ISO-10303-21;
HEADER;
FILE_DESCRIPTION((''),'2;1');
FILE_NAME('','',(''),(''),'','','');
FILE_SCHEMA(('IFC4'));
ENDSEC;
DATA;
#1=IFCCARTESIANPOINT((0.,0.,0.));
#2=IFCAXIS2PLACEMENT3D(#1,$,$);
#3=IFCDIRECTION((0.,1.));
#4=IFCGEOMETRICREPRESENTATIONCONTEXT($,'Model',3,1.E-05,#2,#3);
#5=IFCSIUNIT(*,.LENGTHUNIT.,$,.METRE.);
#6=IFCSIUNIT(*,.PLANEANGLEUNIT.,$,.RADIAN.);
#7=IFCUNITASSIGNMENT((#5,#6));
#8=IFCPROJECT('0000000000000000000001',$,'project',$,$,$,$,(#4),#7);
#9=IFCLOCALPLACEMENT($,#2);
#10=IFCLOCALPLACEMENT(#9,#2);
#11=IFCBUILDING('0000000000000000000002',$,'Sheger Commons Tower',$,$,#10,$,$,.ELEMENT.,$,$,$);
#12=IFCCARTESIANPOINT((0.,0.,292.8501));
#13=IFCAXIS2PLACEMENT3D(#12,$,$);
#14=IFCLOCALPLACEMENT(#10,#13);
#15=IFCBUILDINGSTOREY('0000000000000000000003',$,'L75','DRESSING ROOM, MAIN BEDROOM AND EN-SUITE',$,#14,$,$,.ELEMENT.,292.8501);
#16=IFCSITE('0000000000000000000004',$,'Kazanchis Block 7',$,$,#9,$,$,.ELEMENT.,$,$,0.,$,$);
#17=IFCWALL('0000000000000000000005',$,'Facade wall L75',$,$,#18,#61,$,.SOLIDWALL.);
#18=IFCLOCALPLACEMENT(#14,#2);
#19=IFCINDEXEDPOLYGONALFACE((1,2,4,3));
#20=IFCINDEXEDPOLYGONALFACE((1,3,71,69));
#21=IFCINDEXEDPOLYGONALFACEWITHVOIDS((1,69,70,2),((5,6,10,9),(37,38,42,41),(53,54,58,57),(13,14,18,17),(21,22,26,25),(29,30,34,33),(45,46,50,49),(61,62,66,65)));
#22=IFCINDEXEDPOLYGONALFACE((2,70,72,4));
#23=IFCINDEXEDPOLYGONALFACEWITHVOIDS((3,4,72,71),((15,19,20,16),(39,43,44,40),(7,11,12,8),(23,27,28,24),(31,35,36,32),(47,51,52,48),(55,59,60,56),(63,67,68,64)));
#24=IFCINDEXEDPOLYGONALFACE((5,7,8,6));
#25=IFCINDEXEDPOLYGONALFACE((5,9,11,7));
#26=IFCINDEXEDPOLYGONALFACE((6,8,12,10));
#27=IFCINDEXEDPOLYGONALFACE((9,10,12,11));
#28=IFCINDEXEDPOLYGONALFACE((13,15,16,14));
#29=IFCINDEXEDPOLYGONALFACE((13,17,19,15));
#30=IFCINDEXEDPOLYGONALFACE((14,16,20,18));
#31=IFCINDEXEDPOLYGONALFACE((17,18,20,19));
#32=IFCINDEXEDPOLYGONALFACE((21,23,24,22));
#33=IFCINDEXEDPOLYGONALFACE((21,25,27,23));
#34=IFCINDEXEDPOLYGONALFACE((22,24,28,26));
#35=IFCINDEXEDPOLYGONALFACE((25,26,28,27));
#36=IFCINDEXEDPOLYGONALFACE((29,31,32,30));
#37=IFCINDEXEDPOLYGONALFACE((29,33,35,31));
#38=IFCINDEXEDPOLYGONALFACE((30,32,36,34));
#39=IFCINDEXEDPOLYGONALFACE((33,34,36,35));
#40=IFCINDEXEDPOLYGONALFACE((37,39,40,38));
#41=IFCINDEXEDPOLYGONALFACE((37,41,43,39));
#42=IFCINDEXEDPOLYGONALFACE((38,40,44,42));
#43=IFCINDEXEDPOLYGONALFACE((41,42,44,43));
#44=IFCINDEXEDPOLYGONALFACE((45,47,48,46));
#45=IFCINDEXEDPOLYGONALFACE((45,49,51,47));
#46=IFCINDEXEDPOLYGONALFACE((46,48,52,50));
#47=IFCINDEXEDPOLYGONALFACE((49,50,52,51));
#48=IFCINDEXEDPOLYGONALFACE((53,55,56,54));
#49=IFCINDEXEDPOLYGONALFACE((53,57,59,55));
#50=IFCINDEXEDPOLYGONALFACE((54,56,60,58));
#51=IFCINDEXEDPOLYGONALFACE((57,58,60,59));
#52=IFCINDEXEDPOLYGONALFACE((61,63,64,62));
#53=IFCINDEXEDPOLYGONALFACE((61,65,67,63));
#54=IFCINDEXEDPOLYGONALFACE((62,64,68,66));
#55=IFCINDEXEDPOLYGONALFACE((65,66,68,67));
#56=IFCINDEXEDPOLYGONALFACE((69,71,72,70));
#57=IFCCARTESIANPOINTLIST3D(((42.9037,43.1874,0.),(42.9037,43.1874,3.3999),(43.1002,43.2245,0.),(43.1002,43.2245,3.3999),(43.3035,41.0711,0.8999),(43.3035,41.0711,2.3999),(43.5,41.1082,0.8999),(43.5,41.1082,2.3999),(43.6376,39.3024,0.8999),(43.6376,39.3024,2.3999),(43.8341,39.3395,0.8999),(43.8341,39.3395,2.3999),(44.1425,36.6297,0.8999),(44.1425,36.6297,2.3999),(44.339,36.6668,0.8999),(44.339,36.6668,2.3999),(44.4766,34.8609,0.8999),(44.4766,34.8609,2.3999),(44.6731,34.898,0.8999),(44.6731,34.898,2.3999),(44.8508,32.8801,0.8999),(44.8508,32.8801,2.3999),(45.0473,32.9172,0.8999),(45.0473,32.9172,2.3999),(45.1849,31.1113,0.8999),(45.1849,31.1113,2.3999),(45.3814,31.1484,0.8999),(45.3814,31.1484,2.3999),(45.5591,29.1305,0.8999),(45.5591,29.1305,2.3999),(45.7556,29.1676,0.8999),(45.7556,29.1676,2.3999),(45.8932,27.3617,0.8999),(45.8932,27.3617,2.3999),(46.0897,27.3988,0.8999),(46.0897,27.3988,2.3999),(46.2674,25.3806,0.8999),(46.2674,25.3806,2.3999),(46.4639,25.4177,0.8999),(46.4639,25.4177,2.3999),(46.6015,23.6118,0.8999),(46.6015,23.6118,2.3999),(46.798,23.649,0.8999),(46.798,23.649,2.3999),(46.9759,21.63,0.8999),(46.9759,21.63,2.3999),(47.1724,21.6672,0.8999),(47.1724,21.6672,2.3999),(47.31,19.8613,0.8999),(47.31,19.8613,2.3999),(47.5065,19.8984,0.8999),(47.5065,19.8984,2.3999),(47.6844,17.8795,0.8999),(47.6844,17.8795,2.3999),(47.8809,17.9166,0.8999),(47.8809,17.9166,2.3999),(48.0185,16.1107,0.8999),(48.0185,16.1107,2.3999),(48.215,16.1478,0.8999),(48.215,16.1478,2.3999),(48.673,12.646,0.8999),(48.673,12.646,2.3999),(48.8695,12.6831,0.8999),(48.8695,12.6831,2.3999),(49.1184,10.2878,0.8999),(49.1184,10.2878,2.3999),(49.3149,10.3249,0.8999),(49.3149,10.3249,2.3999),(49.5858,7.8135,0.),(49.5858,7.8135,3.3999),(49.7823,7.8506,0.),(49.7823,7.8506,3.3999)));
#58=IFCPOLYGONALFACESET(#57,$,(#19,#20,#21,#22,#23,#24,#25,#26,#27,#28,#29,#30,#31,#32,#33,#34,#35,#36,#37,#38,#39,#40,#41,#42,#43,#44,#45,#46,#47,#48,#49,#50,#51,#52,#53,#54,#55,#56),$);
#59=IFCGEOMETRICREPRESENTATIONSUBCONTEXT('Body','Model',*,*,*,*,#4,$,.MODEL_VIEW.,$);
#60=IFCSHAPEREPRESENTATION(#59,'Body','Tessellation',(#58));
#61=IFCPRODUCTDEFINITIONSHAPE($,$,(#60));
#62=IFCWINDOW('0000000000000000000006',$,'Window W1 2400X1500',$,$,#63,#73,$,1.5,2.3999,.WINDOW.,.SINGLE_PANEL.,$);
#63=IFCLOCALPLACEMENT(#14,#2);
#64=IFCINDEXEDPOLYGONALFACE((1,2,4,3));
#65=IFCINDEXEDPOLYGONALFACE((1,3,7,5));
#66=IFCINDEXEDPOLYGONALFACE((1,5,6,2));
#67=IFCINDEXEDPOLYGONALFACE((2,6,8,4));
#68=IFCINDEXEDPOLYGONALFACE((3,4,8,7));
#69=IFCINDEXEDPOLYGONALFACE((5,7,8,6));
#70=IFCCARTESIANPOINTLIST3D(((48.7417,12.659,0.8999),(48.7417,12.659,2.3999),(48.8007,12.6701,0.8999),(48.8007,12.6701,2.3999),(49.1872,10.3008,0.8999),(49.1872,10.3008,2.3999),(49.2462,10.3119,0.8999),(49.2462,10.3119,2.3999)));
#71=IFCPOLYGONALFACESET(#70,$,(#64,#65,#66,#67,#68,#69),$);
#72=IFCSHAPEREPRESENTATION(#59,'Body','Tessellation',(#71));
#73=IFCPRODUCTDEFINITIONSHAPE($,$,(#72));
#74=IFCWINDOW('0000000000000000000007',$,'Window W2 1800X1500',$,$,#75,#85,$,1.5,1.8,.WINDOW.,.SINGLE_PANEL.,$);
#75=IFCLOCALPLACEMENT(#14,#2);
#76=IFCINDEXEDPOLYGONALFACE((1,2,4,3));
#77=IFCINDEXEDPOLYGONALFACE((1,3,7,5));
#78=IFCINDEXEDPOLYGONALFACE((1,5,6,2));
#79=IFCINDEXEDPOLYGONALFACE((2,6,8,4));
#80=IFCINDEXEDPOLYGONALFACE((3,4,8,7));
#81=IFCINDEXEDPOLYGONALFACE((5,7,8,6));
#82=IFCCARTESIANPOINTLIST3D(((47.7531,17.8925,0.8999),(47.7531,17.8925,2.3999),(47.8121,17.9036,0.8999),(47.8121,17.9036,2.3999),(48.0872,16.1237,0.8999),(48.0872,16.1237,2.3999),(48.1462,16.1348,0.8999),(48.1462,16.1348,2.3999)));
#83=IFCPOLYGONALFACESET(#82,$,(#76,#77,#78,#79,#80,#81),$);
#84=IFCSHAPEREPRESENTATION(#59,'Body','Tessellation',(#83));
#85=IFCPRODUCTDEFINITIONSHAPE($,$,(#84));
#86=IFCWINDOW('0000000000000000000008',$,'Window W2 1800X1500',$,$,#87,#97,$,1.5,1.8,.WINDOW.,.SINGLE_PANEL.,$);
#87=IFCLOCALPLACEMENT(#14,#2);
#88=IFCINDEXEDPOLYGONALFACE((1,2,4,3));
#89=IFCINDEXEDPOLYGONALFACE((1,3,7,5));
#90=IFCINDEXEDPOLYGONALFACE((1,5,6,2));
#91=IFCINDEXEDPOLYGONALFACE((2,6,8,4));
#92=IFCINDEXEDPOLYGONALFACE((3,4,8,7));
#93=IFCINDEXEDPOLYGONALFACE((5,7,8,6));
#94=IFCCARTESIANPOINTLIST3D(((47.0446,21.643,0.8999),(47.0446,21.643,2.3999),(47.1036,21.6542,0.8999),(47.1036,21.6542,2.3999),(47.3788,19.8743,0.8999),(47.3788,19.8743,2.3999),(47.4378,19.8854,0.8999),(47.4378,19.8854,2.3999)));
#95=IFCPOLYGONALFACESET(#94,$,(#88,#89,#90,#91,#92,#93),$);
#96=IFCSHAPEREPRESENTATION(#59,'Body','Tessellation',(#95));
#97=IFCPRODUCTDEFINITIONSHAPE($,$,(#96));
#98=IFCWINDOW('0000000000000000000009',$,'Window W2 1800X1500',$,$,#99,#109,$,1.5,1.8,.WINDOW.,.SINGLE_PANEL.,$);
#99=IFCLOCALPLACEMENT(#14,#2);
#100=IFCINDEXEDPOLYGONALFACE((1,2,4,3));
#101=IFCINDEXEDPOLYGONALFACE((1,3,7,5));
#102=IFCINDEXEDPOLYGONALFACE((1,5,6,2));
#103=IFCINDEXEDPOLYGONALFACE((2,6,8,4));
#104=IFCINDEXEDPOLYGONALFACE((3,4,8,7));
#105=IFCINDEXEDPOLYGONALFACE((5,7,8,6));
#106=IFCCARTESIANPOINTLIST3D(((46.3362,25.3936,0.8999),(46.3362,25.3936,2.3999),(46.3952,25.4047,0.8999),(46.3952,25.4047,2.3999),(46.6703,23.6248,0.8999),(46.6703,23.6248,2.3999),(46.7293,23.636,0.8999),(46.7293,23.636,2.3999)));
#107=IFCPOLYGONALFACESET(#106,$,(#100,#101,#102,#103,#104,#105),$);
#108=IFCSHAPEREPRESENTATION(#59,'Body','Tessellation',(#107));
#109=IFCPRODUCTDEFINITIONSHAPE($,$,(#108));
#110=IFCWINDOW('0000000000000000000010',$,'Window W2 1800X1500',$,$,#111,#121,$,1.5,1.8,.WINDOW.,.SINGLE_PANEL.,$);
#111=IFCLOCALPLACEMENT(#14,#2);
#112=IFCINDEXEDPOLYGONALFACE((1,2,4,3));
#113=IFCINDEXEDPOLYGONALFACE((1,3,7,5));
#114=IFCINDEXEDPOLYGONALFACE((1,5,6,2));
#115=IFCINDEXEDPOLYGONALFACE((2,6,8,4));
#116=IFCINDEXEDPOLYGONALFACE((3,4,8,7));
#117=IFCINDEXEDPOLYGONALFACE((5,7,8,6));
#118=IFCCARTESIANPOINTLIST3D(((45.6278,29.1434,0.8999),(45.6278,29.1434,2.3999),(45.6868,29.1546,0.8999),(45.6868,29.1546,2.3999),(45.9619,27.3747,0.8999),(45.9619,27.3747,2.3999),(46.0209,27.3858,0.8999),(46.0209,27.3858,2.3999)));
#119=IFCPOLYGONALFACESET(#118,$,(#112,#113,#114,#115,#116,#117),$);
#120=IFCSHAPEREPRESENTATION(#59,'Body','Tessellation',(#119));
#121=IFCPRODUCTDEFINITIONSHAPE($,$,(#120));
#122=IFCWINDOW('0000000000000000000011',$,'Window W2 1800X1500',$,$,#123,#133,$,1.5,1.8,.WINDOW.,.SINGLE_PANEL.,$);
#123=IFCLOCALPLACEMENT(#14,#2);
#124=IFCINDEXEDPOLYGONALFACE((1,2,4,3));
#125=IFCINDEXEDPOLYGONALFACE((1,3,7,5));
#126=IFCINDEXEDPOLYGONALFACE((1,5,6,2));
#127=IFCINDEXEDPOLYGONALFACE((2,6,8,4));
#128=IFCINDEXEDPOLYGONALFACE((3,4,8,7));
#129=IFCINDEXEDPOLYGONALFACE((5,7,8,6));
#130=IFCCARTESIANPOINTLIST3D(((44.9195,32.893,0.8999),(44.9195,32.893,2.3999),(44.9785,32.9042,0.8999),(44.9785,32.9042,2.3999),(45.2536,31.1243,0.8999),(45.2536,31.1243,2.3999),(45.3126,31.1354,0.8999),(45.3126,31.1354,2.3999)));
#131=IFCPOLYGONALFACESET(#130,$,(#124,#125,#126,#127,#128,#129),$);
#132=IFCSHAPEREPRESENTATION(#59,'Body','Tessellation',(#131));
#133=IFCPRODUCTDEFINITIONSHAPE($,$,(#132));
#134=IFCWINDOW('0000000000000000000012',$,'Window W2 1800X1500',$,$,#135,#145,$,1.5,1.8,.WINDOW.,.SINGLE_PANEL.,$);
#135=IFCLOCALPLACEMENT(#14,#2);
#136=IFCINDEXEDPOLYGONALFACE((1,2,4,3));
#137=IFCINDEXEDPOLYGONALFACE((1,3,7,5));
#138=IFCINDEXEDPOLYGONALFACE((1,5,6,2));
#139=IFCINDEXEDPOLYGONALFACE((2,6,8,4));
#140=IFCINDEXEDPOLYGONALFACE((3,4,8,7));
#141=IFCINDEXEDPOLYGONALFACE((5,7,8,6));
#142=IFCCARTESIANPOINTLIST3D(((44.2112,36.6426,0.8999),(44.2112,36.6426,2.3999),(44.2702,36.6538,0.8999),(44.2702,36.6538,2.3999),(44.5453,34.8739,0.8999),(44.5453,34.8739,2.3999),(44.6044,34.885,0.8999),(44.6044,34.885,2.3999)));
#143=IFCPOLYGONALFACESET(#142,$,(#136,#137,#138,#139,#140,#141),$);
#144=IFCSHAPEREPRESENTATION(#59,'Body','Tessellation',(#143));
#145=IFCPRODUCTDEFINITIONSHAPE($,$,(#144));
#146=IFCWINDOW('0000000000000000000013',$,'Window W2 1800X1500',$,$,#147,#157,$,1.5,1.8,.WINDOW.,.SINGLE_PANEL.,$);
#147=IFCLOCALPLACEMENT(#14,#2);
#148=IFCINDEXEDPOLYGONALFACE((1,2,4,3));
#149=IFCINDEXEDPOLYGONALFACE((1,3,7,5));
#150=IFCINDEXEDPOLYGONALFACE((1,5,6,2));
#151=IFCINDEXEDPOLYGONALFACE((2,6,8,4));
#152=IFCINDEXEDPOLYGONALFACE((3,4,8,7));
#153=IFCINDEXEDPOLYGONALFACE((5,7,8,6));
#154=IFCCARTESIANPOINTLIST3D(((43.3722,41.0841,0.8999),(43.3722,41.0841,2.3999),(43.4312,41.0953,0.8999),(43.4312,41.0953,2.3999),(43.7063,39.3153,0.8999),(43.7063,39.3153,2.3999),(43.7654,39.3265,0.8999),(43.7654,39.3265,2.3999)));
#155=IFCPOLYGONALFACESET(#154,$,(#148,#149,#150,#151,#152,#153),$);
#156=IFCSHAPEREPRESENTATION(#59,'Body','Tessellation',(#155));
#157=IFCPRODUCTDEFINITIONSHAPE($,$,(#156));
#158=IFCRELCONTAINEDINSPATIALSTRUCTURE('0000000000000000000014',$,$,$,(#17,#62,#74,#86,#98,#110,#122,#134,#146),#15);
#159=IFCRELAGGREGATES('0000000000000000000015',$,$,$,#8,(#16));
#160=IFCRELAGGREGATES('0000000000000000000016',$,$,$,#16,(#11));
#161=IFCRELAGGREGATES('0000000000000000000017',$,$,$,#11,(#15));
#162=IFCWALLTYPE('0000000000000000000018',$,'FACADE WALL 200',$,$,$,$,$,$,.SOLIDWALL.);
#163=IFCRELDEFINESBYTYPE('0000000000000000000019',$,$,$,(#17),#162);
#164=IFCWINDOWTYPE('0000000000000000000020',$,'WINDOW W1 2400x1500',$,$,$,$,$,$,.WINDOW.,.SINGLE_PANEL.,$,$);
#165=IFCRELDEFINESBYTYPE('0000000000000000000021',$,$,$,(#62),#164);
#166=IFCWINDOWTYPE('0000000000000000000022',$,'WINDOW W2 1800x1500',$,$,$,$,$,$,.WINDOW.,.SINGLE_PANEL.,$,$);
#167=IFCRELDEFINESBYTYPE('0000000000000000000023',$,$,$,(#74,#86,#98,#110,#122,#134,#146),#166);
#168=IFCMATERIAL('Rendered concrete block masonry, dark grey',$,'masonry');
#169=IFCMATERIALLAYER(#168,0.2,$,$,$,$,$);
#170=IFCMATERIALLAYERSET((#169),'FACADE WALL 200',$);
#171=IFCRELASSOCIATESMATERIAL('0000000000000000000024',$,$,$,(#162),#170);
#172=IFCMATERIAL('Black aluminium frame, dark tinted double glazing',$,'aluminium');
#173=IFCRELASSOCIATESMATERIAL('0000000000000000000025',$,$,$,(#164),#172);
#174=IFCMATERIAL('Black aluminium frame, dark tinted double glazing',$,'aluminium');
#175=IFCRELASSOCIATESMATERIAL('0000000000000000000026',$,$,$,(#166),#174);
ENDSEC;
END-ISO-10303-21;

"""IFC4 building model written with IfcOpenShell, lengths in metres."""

from ifc_helpers import new_model, si_unit, direction, frame, frame_2d, origin, place, context, subcontext, project, spatial, rectangle, extrude, material, layer, layer_set, type_object, element, fill, save


model = new_model("IFC4")

# Units and contexts
model_context = context("Model", 3, precision=1e-05, world=origin(), true_north=direction((0.0, 1.0)))
body_context = subcontext(model_context, "Body", "Model", "MODEL_VIEW")
ifc_project = project(units=[si_unit("LENGTHUNIT", "METRE"), si_unit("PLANEANGLEUNIT", "RADIAN")], contexts=[model_context])

# Site, building, storey
site_placement = place(None, origin())
site = spatial("IfcSite", under=ifc_project, at=site_placement, Name="Kazanchis Block 7", CompositionType="ELEMENT", RefElevation=0.0)
building_placement = place(site_placement, origin())
building = spatial("IfcBuilding", under=site, at=building_placement, Name="Sheger Commons Tower", CompositionType="ELEMENT")
storey_placement = place(building_placement, frame((0.0, 0.0, 292.8501)))
storey = spatial("IfcBuildingStorey", under=building, at=storey_placement, Name="L75", Description="DRESSING ROOM, MAIN BEDROOM AND EN-SUITE", CompositionType="ELEMENT", Elevation=292.8501)

# Shared definitions
ifc_material_1 = material(Name="Rendered concrete block masonry, dark grey", Category="masonry")
ifc_layer_1 = layer(ifc_material_1, 0.2)
ifc_layer_set_1 = layer_set([ifc_layer_1], Name="FACADE WALL 200")
wall_type_1 = type_object("IfcWallType", Name="FACADE WALL 200", PredefinedType="SOLIDWALL", material=ifc_layer_set_1)

# Wall, openings, windows
wall_1_placement = place(storey_placement, frame((49.6841, 7.832, 0.0), z_axis=(0.0, 0.0, 1.0), x_axis=(-0.185617, 0.982622, 0.0)))
wall_1 = element("IfcWall", 1, at=wall_1_placement, inside=storey, type_object=wall_type_1, Name="Facade wall L75", PredefinedType="SOLIDWALL", context=body_context, shape_type="SweptSolid", body=[
    extrude(rectangle(XDim=35.9995, YDim=0.2, at=frame_2d((17.9998, 0.0))), origin(), (0.0, 0.0, 1.0), 3.3999),
])
opening_1_placement = place(wall_1_placement, frame((2.5181, 0.0, 0.8999)))
opening_1 = element("IfcOpeningElement", 2, at=opening_1_placement, cuts=wall_1, PredefinedType="OPENING", context=body_context, shape_type="SweptSolid", body=[
    extrude(rectangle(XDim=2.3999, YDim=1.5, at=frame_2d((1.2, 0.75))), frame((0.0, 0.1099, 0.0), z_axis=(0.0, -1.0, 0.0), x_axis=(1.0, 0.0, 0.0)), (0.0, 0.0, 1.0), 0.22),
])
opening_2_placement = place(wall_1_placement, frame((8.4441, 0.0, 0.8999)))
opening_2 = element("IfcOpeningElement", 3, at=opening_2_placement, cuts=wall_1, PredefinedType="OPENING", context=body_context, shape_type="SweptSolid", body=[
    extrude(rectangle(XDim=1.8, YDim=1.5, at=frame_2d((0.8999, 0.75))), frame((0.0, 0.1099, 0.0), z_axis=(0.0, -1.0, 0.0), x_axis=(1.0, 0.0, 0.0)), (0.0, 0.0, 1.0), 0.22),
])
opening_3_placement = place(wall_1_placement, frame((12.261, 0.0, 0.8999)))
opening_3 = element("IfcOpeningElement", 4, at=opening_3_placement, cuts=wall_1, PredefinedType="OPENING", context=body_context, shape_type="SweptSolid", body=[
    extrude(rectangle(XDim=1.8, YDim=1.5, at=frame_2d((0.8999, 0.75))), frame((0.0, 0.1099, 0.0), z_axis=(0.0, -1.0, 0.0), x_axis=(1.0, 0.0, 0.0)), (0.0, 0.0, 1.0), 0.22),
])
opening_4_placement = place(wall_1_placement, frame((16.0779, 0.0, 0.8999)))
opening_4 = element("IfcOpeningElement", 5, at=opening_4_placement, cuts=wall_1, PredefinedType="OPENING", context=body_context, shape_type="SweptSolid", body=[
    extrude(rectangle(XDim=1.8, YDim=1.5, at=frame_2d((0.8999, 0.75))), frame((0.0, 0.1099, 0.0), z_axis=(0.0, -1.0, 0.0), x_axis=(1.0, 0.0, 0.0)), (0.0, 0.0, 1.0), 0.22),
])
opening_5_placement = place(wall_1_placement, frame((19.894, 0.0, 0.8999)))
opening_5 = element("IfcOpeningElement", 6, at=opening_5_placement, cuts=wall_1, PredefinedType="OPENING", context=body_context, shape_type="SweptSolid", body=[
    extrude(rectangle(XDim=1.8, YDim=1.5, at=frame_2d((0.8999, 0.75))), frame((0.0, 0.1099, 0.0), z_axis=(0.0, -1.0, 0.0), x_axis=(1.0, 0.0, 0.0)), (0.0, 0.0, 1.0), 0.22),
])
opening_6_placement = place(wall_1_placement, frame((23.71, 0.0, 0.8999)))
opening_6 = element("IfcOpeningElement", 7, at=opening_6_placement, cuts=wall_1, PredefinedType="OPENING", context=body_context, shape_type="SweptSolid", body=[
    extrude(rectangle(XDim=1.8, YDim=1.5, at=frame_2d((0.8999, 0.75))), frame((0.0, 0.1099, 0.0), z_axis=(0.0, -1.0, 0.0), x_axis=(1.0, 0.0, 0.0)), (0.0, 0.0, 1.0), 0.22),
])
opening_7_placement = place(wall_1_placement, frame((27.5259, 0.0, 0.8999)))
opening_7 = element("IfcOpeningElement", 8, at=opening_7_placement, cuts=wall_1, PredefinedType="OPENING", context=body_context, shape_type="SweptSolid", body=[
    extrude(rectangle(XDim=1.8, YDim=1.5, at=frame_2d((0.8999, 0.75))), frame((0.0, 0.1099, 0.0), z_axis=(0.0, -1.0, 0.0), x_axis=(1.0, 0.0, 0.0)), (0.0, 0.0, 1.0), 0.22),
])
opening_8_placement = place(wall_1_placement, frame((32.0459, 0.0, 0.8999)))
opening_8 = element("IfcOpeningElement", 9, at=opening_8_placement, cuts=wall_1, PredefinedType="OPENING", context=body_context, shape_type="SweptSolid", body=[
    extrude(rectangle(XDim=1.8, YDim=1.5, at=frame_2d((0.8999, 0.75))), frame((0.0, 0.1099, 0.0), z_axis=(0.0, -1.0, 0.0), x_axis=(1.0, 0.0, 0.0)), (0.0, 0.0, 1.0), 0.22),
])
ifc_material_2 = material(Name="Black aluminium frame, dark tinted double glazing", Category="aluminium")
window_type_1 = type_object("IfcWindowType", Name="WINDOW W1 2400x1500", PartitioningType="SINGLE_PANEL", PredefinedType="WINDOW", material=ifc_material_2)
window_1_placement = place(opening_1_placement, origin())
window_1 = element("IfcWindow", 10, at=window_1_placement, inside=storey, type_object=window_type_1, Name="Window W1 2400X1500", OverallHeight=1.5, OverallWidth=2.3999, PartitioningType="SINGLE_PANEL", PredefinedType="WINDOW", context=body_context, shape_type="SweptSolid", body=[
    extrude(rectangle(XDim=2.3999, YDim=1.5, at=frame_2d((1.2, 0.75))), frame((0.0, 0.03, 0.0), z_axis=(0.0, -1.0, 0.0), x_axis=(1.0, 0.0, 0.0)), (0.0, 0.0, 1.0), 0.0601),
])
fill(opening_1, window_1)
ifc_material_3 = material(Name="Black aluminium frame, dark tinted double glazing", Category="aluminium")
window_type_2 = type_object("IfcWindowType", Name="WINDOW W2 1800x1500", PartitioningType="SINGLE_PANEL", PredefinedType="WINDOW", material=ifc_material_3)
window_2_placement = place(opening_2_placement, origin())
window_2 = element("IfcWindow", 11, at=window_2_placement, inside=storey, type_object=window_type_2, Name="Window W2 1800X1500", OverallHeight=1.5, OverallWidth=1.8, PartitioningType="SINGLE_PANEL", PredefinedType="WINDOW", context=body_context, shape_type="SweptSolid", body=[
    extrude(rectangle(XDim=1.8, YDim=1.5, at=frame_2d((0.8999, 0.75))), frame((0.0, 0.03, 0.0), z_axis=(0.0, -1.0, 0.0), x_axis=(1.0, 0.0, 0.0)), (0.0, 0.0, 1.0), 0.0601),
])
fill(opening_2, window_2)
window_3_placement = place(opening_3_placement, origin())
window_3 = element("IfcWindow", 12, at=window_3_placement, inside=storey, type_object=window_type_2, Name="Window W2 1800X1500", OverallHeight=1.5, OverallWidth=1.8, PartitioningType="SINGLE_PANEL", PredefinedType="WINDOW", context=body_context, shape_type="SweptSolid", body=[
    extrude(rectangle(XDim=1.8, YDim=1.5, at=frame_2d((0.8999, 0.75))), frame((0.0, 0.03, 0.0), z_axis=(0.0, -1.0, 0.0), x_axis=(1.0, 0.0, 0.0)), (0.0, 0.0, 1.0), 0.0601),
])
fill(opening_3, window_3)
window_4_placement = place(opening_4_placement, origin())
window_4 = element("IfcWindow", 13, at=window_4_placement, inside=storey, type_object=window_type_2, Name="Window W2 1800X1500", OverallHeight=1.5, OverallWidth=1.8, PartitioningType="SINGLE_PANEL", PredefinedType="WINDOW", context=body_context, shape_type="SweptSolid", body=[
    extrude(rectangle(XDim=1.8, YDim=1.5, at=frame_2d((0.8999, 0.75))), frame((0.0, 0.03, 0.0), z_axis=(0.0, -1.0, 0.0), x_axis=(1.0, 0.0, 0.0)), (0.0, 0.0, 1.0), 0.0601),
])
fill(opening_4, window_4)
window_5_placement = place(opening_5_placement, origin())
window_5 = element("IfcWindow", 14, at=window_5_placement, inside=storey, type_object=window_type_2, Name="Window W2 1800X1500", OverallHeight=1.5, OverallWidth=1.8, PartitioningType="SINGLE_PANEL", PredefinedType="WINDOW", context=body_context, shape_type="SweptSolid", body=[
    extrude(rectangle(XDim=1.8, YDim=1.5, at=frame_2d((0.8999, 0.75))), frame((0.0, 0.03, 0.0), z_axis=(0.0, -1.0, 0.0), x_axis=(1.0, 0.0, 0.0)), (0.0, 0.0, 1.0), 0.0601),
])
fill(opening_5, window_5)
window_6_placement = place(opening_6_placement, origin())
window_6 = element("IfcWindow", 15, at=window_6_placement, inside=storey, type_object=window_type_2, Name="Window W2 1800X1500", OverallHeight=1.5, OverallWidth=1.8, PartitioningType="SINGLE_PANEL", PredefinedType="WINDOW", context=body_context, shape_type="SweptSolid", body=[
    extrude(rectangle(XDim=1.8, YDim=1.5, at=frame_2d((0.8999, 0.75))), frame((0.0, 0.03, 0.0), z_axis=(0.0, -1.0, 0.0), x_axis=(1.0, 0.0, 0.0)), (0.0, 0.0, 1.0), 0.0601),
])
fill(opening_6, window_6)
window_7_placement = place(opening_7_placement, origin())
window_7 = element("IfcWindow", 16, at=window_7_placement, inside=storey, type_object=window_type_2, Name="Window W2 1800X1500", OverallHeight=1.5, OverallWidth=1.8, PartitioningType="SINGLE_PANEL", PredefinedType="WINDOW", context=body_context, shape_type="SweptSolid", body=[
    extrude(rectangle(XDim=1.8, YDim=1.5, at=frame_2d((0.8999, 0.75))), frame((0.0, 0.03, 0.0), z_axis=(0.0, -1.0, 0.0), x_axis=(1.0, 0.0, 0.0)), (0.0, 0.0, 1.0), 0.0601),
])
fill(opening_7, window_7)
window_8_placement = place(opening_8_placement, origin())
window_8 = element("IfcWindow", 17, at=window_8_placement, inside=storey, type_object=window_type_2, Name="Window W2 1800X1500", OverallHeight=1.5, OverallWidth=1.8, PartitioningType="SINGLE_PANEL", PredefinedType="WINDOW", context=body_context, shape_type="SweptSolid", body=[
    extrude(rectangle(XDim=1.8, YDim=1.5, at=frame_2d((0.8999, 0.75))), frame((0.0, 0.03, 0.0), z_axis=(0.0, -1.0, 0.0), x_axis=(1.0, 0.0, 0.0)), (0.0, 0.0, 1.0), 0.0601),
])
fill(opening_8, window_8)

save(model, "model.ifc")
